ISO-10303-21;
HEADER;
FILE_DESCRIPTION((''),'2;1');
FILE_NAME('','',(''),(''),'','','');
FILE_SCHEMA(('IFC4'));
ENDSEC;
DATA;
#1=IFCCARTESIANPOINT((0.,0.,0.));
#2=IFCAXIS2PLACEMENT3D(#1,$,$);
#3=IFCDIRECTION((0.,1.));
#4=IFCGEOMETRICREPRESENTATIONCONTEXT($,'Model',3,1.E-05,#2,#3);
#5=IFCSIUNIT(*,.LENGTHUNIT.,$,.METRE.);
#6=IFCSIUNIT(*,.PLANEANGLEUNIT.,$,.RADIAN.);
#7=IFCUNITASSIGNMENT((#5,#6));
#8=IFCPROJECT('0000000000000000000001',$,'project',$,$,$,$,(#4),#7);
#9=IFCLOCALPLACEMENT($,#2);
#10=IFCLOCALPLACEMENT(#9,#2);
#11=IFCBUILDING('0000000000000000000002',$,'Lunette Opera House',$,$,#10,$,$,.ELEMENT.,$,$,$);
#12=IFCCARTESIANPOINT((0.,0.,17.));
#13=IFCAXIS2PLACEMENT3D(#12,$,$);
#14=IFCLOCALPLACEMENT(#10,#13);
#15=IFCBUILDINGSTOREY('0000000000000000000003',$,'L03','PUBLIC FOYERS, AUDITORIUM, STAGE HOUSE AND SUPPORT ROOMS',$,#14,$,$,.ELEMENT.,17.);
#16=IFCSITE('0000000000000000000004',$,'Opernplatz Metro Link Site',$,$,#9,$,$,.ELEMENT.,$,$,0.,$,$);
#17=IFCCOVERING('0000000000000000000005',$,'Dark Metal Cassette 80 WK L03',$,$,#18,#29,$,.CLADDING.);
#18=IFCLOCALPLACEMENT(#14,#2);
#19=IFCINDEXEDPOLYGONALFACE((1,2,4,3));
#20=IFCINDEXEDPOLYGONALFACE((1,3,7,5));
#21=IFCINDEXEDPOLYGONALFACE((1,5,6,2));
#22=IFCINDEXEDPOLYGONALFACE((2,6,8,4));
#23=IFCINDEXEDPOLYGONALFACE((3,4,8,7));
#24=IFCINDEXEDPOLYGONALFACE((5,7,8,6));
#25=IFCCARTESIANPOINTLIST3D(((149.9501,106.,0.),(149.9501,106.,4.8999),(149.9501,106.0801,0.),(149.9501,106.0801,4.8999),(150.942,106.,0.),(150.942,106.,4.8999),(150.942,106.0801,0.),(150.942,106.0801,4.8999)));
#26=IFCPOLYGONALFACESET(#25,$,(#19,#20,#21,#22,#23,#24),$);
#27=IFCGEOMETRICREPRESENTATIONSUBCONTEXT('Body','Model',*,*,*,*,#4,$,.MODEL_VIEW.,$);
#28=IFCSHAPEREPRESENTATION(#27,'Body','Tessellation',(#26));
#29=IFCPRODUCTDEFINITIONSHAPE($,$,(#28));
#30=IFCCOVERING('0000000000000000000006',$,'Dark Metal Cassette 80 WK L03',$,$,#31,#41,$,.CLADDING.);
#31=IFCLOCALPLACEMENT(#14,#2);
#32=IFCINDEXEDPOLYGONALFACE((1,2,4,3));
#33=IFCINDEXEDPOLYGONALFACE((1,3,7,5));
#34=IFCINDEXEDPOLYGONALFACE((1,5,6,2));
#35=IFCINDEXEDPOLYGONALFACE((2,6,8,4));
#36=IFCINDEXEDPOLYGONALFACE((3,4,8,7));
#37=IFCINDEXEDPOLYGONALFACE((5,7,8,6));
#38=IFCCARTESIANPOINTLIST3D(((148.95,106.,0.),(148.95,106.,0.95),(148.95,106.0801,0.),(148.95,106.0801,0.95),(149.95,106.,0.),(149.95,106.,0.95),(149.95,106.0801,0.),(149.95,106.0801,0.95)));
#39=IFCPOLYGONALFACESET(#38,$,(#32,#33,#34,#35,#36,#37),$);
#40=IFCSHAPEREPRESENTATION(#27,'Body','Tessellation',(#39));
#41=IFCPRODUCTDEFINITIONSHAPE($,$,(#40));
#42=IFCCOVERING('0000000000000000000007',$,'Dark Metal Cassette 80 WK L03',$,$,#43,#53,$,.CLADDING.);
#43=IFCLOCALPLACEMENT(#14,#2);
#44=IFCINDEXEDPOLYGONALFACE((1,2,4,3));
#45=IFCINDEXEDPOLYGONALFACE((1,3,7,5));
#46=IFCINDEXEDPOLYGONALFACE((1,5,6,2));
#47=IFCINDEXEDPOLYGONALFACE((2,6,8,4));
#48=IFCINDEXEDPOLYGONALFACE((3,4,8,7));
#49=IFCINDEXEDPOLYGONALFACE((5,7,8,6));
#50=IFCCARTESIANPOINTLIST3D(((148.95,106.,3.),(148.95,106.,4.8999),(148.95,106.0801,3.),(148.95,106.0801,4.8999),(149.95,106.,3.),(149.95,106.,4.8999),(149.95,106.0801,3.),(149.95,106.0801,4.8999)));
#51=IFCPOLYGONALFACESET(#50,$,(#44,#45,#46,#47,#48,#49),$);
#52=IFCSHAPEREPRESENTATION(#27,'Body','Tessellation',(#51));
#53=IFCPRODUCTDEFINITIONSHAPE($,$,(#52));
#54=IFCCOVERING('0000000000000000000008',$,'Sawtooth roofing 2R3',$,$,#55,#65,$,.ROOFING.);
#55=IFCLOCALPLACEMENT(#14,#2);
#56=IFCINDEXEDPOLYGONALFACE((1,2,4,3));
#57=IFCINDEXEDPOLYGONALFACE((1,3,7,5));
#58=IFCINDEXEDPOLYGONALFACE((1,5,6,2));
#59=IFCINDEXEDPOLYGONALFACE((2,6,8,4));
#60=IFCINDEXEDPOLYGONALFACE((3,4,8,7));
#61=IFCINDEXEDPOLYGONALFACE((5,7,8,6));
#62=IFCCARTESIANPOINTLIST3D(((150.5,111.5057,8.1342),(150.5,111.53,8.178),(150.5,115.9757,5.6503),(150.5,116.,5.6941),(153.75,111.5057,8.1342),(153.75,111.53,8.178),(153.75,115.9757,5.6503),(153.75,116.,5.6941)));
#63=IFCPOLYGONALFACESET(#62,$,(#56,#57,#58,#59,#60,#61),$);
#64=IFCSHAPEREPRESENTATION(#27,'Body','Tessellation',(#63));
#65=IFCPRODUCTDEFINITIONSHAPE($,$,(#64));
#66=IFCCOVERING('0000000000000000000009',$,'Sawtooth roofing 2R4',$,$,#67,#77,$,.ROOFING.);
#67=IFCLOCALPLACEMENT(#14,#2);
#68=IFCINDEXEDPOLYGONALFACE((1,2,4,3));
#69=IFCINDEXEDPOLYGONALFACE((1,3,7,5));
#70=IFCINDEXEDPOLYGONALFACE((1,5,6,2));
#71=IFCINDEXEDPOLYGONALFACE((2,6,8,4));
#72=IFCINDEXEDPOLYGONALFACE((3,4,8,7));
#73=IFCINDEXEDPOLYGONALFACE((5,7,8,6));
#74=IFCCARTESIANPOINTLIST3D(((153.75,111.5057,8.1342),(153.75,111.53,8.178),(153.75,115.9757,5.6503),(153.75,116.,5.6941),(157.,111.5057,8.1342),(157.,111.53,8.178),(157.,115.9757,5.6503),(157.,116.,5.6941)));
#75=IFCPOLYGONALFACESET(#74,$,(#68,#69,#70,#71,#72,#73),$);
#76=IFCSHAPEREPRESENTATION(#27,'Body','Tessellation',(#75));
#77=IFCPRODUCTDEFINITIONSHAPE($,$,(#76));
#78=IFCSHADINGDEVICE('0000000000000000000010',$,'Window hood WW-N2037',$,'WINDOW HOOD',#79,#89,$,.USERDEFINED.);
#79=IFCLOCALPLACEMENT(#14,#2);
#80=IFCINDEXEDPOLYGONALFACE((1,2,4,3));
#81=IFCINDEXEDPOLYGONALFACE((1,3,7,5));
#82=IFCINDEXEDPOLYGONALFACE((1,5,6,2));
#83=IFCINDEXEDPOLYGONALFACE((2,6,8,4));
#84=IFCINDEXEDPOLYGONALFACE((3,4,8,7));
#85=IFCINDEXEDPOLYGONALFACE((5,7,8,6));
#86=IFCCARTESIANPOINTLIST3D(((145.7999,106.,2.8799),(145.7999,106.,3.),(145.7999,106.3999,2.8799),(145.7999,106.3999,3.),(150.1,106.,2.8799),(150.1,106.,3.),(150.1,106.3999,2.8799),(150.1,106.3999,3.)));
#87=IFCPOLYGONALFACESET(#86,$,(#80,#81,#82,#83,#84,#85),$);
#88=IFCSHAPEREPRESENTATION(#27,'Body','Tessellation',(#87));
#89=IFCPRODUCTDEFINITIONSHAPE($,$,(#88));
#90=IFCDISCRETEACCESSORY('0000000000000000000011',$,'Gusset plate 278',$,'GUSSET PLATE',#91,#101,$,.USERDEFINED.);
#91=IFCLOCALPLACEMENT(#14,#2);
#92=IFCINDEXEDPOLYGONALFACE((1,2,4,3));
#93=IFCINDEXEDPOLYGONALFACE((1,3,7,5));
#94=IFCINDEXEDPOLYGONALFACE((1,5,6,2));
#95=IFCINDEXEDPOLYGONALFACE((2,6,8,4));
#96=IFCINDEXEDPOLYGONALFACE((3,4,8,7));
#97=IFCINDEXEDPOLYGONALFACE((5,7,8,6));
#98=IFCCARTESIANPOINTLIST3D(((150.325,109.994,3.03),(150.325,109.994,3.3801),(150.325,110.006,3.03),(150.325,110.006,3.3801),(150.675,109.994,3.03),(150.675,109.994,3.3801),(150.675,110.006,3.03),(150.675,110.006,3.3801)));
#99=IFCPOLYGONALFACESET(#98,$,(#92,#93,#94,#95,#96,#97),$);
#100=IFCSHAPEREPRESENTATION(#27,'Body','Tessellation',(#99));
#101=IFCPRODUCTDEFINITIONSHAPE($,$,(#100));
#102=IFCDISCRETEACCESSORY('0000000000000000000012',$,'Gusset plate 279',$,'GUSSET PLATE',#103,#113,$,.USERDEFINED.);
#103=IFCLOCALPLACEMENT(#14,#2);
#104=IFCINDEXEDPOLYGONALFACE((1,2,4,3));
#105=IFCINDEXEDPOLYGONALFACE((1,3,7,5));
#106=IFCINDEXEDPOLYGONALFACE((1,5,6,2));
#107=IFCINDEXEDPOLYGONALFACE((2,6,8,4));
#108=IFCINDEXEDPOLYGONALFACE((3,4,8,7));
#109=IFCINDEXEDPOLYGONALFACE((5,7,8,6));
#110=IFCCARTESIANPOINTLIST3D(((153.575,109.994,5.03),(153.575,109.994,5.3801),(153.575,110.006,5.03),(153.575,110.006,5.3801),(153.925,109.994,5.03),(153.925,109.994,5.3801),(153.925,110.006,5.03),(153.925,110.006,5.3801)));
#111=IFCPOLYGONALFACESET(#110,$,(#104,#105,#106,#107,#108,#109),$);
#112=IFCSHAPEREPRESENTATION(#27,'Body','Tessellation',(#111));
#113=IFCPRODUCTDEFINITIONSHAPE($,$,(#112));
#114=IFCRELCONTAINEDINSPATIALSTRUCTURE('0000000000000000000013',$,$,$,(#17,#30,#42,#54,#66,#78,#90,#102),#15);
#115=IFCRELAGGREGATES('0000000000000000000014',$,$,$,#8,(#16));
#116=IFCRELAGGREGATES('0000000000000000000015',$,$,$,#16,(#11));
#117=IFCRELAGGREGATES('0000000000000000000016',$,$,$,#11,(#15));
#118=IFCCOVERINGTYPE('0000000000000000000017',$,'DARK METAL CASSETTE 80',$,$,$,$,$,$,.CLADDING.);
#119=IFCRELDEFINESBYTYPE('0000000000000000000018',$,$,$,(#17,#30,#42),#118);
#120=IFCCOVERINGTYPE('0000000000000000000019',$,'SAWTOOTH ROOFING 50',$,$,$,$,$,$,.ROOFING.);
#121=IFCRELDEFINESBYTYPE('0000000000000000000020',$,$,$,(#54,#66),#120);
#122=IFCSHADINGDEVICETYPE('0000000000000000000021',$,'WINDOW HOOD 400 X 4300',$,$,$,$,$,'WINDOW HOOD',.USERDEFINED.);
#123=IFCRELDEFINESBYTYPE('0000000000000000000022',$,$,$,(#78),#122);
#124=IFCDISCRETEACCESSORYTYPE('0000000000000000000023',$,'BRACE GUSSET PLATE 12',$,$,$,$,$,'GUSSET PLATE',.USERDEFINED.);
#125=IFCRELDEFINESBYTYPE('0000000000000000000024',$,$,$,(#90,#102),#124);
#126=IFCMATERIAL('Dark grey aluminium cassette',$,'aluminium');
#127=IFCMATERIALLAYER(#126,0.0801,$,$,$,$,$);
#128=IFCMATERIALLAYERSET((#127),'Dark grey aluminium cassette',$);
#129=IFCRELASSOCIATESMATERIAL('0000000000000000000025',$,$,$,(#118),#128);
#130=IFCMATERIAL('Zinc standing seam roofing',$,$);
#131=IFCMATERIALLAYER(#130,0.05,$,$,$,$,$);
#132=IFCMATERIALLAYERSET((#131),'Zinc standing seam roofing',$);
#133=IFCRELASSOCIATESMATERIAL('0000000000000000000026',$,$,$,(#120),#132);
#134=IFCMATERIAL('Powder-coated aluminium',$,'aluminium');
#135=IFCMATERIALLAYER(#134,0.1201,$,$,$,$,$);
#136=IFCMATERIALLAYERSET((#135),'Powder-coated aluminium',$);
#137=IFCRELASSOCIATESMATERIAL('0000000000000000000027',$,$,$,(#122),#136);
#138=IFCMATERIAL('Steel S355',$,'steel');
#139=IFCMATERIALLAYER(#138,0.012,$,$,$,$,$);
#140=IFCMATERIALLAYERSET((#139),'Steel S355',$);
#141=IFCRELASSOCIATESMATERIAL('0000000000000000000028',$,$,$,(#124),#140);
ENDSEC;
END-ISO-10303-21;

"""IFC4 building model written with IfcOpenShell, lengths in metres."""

from ifc_helpers import new_model, si_unit, direction, frame, origin, origin_2d, place, context, subcontext, project, spatial, polyline, rectangle, outline, extrude, material, layer, layer_set, type_object, element, save


model = new_model("IFC4")

# Units and contexts
model_context = context("Model", 3, precision=1e-05, world=origin(), true_north=direction((0.0, 1.0)))
body_context = subcontext(model_context, "Body", "Model", "MODEL_VIEW")
ifc_project = project(units=[si_unit("LENGTHUNIT", "METRE"), si_unit("PLANEANGLEUNIT", "RADIAN")], contexts=[model_context])

# Site, building, storey
site_placement = place(None, origin())
site = spatial("IfcSite", under=ifc_project, at=site_placement, Name="Opernplatz Metro Link Site", CompositionType="ELEMENT", RefElevation=0.0)
building_placement = place(site_placement, origin())
building = spatial("IfcBuilding", under=site, at=building_placement, Name="Lunette Opera House", CompositionType="ELEMENT")
storey_placement = place(building_placement, frame((0.0, 0.0, 17.0)))
storey = spatial("IfcBuildingStorey", under=building, at=storey_placement, Name="L03", Description="PUBLIC FOYERS, AUDITORIUM, STAGE HOUSE AND SUPPORT ROOMS", CompositionType="ELEMENT", Elevation=17.0)

# Coverings
ifc_material_1 = material(Name="Dark grey aluminium cassette", Category="aluminium")
ifc_layer_1 = layer(ifc_material_1, 0.0801)
ifc_layer_set_1 = layer_set([ifc_layer_1], Name="Dark grey aluminium cassette")
covering_type_1 = type_object("IfcCoveringType", Name="DARK METAL CASSETTE 80", PredefinedType="CLADDING", material=ifc_layer_set_1)
for number, where, z_axis, x_axis, name in (
    (1, (150.446, 106.04, 0.0), (0.0, 0.0, 1.0), (-1.0, 0.0, 0.0), "Dark Metal Cassette 80 WK L03"),
):
    element("IfcCovering", number, at=place(storey_placement, frame(where, z_axis=z_axis, x_axis=x_axis)), inside=storey, type_object=covering_type_1, Name=name, PredefinedType="CLADDING", context=body_context, shape_type="SweptSolid", body=[
        extrude(rectangle(XDim=0.9919, YDim=0.0801, at=origin_2d()), origin(), (0.0, 0.0, 1.0), 4.8999),
    ])
covering_1_placement = place(storey_placement, frame((149.45, 106.04, 0.0), z_axis=(0.0, 0.0, 1.0), x_axis=(-1.0, 0.0, 0.0)))
element("IfcCovering", 2, at=covering_1_placement, inside=storey, type_object=covering_type_1, Name="Dark Metal Cassette 80 WK L03", PredefinedType="CLADDING", context=body_context, shape_type="SweptSolid", body=[
    extrude(rectangle(XDim=1.0, YDim=0.0801, at=origin_2d()), origin(), (0.0, 0.0, 1.0), 0.95),
])
covering_2_placement = place(storey_placement, frame((149.45, 106.04, 3.0), z_axis=(0.0, 0.0, 1.0), x_axis=(-1.0, 0.0, 0.0)))
element("IfcCovering", 3, at=covering_2_placement, inside=storey, type_object=covering_type_1, Name="Dark Metal Cassette 80 WK L03", PredefinedType="CLADDING", context=body_context, shape_type="SweptSolid", body=[
    extrude(rectangle(XDim=1.0, YDim=0.0801, at=origin_2d()), origin(), (0.0, 0.0, 1.0), 1.8999),
])
ifc_material_2 = material(Name="Zinc standing seam roofing")
ifc_layer_2 = layer(ifc_material_2, 0.05)
ifc_layer_set_2 = layer_set([ifc_layer_2], Name="Zinc standing seam roofing")
covering_type_2 = type_object("IfcCoveringType", Name="SAWTOOTH ROOFING 50", PredefinedType="ROOFING", material=ifc_layer_set_2)
for number, where, z_axis, x_axis, name in (
    (4, (150.5, 111.53, 8.178), (0.0, 0.485728, 0.87411), (1.0, 0.0, 0.0), "Sawtooth roofing 2R3"),
    (5, (153.75, 111.53, 8.178), (0.0, 0.485728, 0.87411), (1.0, 0.0, 0.0), "Sawtooth roofing 2R4"),
):
    element("IfcCovering", number, at=place(storey_placement, frame(where, z_axis=z_axis, x_axis=x_axis)), inside=storey, type_object=covering_type_2, Name=name, PredefinedType="ROOFING", context=body_context, shape_type="SweptSolid", body=[
        extrude(outline(polyline([(0.0, 0.0), (3.25, 0.0), (3.25, 5.1137), (0.0, 5.1137), (0.0, 0.0)])), origin(), (0.0, 0.0, -1.0), 0.05),
    ])

# Shading device
ifc_material_3 = material(Name="Powder-coated aluminium", Category="aluminium")
ifc_layer_3 = layer(ifc_material_3, 0.1201)
ifc_layer_set_3 = layer_set([ifc_layer_3], Name="Powder-coated aluminium")
shading_device_type = type_object("IfcShadingDeviceType", Name="WINDOW HOOD 400 X 4300", ElementType="WINDOW HOOD", PredefinedType="USERDEFINED", material=ifc_layer_set_3)
shading_device_placement = place(storey_placement, frame((147.95, 106.2, 2.8799), z_axis=(0.0, 0.0, 1.0), x_axis=(0.0, 1.0, 0.0)))
element("IfcShadingDevice", 6, at=shading_device_placement, inside=storey, type_object=shading_device_type, Name="Window hood WW-N2037", ObjectType="WINDOW HOOD", PredefinedType="USERDEFINED", context=body_context, shape_type="SweptSolid", body=[
    extrude(rectangle(XDim=0.3999, YDim=4.3, at=origin_2d()), origin(), (0.0, 0.0, 1.0), 0.1201),
])

# Discrete accessories
ifc_material_4 = material(Name="Steel S355", Category="steel")
ifc_layer_4 = layer(ifc_material_4, 0.012)
ifc_layer_set_4 = layer_set([ifc_layer_4], Name="Steel S355")
discrete_accessory_type = type_object("IfcDiscreteAccessoryType", Name="BRACE GUSSET PLATE 12", ElementType="GUSSET PLATE", PredefinedType="USERDEFINED", material=ifc_layer_set_4)
for number, where, z_axis, x_axis, name in (
    (7, (150.5, 110.0, 3.03), (0.0, 0.0, 1.0), (1.0, 0.0, 0.0), "Gusset plate 278"),
    (8, (153.75, 110.0, 5.03), (0.0, 0.0, 1.0), (1.0, 0.0, 0.0), "Gusset plate 279"),
):
    element("IfcDiscreteAccessory", number, at=place(storey_placement, frame(where, z_axis=z_axis, x_axis=x_axis)), inside=storey, type_object=discrete_accessory_type, Name=name, ObjectType="GUSSET PLATE", PredefinedType="USERDEFINED", context=body_context, shape_type="SweptSolid", body=[
        extrude(rectangle(XDim=0.3501, YDim=0.012, at=origin_2d()), origin(), (0.0, 0.0, 1.0), 0.3501),
    ])

save(model, "model.ifc")
